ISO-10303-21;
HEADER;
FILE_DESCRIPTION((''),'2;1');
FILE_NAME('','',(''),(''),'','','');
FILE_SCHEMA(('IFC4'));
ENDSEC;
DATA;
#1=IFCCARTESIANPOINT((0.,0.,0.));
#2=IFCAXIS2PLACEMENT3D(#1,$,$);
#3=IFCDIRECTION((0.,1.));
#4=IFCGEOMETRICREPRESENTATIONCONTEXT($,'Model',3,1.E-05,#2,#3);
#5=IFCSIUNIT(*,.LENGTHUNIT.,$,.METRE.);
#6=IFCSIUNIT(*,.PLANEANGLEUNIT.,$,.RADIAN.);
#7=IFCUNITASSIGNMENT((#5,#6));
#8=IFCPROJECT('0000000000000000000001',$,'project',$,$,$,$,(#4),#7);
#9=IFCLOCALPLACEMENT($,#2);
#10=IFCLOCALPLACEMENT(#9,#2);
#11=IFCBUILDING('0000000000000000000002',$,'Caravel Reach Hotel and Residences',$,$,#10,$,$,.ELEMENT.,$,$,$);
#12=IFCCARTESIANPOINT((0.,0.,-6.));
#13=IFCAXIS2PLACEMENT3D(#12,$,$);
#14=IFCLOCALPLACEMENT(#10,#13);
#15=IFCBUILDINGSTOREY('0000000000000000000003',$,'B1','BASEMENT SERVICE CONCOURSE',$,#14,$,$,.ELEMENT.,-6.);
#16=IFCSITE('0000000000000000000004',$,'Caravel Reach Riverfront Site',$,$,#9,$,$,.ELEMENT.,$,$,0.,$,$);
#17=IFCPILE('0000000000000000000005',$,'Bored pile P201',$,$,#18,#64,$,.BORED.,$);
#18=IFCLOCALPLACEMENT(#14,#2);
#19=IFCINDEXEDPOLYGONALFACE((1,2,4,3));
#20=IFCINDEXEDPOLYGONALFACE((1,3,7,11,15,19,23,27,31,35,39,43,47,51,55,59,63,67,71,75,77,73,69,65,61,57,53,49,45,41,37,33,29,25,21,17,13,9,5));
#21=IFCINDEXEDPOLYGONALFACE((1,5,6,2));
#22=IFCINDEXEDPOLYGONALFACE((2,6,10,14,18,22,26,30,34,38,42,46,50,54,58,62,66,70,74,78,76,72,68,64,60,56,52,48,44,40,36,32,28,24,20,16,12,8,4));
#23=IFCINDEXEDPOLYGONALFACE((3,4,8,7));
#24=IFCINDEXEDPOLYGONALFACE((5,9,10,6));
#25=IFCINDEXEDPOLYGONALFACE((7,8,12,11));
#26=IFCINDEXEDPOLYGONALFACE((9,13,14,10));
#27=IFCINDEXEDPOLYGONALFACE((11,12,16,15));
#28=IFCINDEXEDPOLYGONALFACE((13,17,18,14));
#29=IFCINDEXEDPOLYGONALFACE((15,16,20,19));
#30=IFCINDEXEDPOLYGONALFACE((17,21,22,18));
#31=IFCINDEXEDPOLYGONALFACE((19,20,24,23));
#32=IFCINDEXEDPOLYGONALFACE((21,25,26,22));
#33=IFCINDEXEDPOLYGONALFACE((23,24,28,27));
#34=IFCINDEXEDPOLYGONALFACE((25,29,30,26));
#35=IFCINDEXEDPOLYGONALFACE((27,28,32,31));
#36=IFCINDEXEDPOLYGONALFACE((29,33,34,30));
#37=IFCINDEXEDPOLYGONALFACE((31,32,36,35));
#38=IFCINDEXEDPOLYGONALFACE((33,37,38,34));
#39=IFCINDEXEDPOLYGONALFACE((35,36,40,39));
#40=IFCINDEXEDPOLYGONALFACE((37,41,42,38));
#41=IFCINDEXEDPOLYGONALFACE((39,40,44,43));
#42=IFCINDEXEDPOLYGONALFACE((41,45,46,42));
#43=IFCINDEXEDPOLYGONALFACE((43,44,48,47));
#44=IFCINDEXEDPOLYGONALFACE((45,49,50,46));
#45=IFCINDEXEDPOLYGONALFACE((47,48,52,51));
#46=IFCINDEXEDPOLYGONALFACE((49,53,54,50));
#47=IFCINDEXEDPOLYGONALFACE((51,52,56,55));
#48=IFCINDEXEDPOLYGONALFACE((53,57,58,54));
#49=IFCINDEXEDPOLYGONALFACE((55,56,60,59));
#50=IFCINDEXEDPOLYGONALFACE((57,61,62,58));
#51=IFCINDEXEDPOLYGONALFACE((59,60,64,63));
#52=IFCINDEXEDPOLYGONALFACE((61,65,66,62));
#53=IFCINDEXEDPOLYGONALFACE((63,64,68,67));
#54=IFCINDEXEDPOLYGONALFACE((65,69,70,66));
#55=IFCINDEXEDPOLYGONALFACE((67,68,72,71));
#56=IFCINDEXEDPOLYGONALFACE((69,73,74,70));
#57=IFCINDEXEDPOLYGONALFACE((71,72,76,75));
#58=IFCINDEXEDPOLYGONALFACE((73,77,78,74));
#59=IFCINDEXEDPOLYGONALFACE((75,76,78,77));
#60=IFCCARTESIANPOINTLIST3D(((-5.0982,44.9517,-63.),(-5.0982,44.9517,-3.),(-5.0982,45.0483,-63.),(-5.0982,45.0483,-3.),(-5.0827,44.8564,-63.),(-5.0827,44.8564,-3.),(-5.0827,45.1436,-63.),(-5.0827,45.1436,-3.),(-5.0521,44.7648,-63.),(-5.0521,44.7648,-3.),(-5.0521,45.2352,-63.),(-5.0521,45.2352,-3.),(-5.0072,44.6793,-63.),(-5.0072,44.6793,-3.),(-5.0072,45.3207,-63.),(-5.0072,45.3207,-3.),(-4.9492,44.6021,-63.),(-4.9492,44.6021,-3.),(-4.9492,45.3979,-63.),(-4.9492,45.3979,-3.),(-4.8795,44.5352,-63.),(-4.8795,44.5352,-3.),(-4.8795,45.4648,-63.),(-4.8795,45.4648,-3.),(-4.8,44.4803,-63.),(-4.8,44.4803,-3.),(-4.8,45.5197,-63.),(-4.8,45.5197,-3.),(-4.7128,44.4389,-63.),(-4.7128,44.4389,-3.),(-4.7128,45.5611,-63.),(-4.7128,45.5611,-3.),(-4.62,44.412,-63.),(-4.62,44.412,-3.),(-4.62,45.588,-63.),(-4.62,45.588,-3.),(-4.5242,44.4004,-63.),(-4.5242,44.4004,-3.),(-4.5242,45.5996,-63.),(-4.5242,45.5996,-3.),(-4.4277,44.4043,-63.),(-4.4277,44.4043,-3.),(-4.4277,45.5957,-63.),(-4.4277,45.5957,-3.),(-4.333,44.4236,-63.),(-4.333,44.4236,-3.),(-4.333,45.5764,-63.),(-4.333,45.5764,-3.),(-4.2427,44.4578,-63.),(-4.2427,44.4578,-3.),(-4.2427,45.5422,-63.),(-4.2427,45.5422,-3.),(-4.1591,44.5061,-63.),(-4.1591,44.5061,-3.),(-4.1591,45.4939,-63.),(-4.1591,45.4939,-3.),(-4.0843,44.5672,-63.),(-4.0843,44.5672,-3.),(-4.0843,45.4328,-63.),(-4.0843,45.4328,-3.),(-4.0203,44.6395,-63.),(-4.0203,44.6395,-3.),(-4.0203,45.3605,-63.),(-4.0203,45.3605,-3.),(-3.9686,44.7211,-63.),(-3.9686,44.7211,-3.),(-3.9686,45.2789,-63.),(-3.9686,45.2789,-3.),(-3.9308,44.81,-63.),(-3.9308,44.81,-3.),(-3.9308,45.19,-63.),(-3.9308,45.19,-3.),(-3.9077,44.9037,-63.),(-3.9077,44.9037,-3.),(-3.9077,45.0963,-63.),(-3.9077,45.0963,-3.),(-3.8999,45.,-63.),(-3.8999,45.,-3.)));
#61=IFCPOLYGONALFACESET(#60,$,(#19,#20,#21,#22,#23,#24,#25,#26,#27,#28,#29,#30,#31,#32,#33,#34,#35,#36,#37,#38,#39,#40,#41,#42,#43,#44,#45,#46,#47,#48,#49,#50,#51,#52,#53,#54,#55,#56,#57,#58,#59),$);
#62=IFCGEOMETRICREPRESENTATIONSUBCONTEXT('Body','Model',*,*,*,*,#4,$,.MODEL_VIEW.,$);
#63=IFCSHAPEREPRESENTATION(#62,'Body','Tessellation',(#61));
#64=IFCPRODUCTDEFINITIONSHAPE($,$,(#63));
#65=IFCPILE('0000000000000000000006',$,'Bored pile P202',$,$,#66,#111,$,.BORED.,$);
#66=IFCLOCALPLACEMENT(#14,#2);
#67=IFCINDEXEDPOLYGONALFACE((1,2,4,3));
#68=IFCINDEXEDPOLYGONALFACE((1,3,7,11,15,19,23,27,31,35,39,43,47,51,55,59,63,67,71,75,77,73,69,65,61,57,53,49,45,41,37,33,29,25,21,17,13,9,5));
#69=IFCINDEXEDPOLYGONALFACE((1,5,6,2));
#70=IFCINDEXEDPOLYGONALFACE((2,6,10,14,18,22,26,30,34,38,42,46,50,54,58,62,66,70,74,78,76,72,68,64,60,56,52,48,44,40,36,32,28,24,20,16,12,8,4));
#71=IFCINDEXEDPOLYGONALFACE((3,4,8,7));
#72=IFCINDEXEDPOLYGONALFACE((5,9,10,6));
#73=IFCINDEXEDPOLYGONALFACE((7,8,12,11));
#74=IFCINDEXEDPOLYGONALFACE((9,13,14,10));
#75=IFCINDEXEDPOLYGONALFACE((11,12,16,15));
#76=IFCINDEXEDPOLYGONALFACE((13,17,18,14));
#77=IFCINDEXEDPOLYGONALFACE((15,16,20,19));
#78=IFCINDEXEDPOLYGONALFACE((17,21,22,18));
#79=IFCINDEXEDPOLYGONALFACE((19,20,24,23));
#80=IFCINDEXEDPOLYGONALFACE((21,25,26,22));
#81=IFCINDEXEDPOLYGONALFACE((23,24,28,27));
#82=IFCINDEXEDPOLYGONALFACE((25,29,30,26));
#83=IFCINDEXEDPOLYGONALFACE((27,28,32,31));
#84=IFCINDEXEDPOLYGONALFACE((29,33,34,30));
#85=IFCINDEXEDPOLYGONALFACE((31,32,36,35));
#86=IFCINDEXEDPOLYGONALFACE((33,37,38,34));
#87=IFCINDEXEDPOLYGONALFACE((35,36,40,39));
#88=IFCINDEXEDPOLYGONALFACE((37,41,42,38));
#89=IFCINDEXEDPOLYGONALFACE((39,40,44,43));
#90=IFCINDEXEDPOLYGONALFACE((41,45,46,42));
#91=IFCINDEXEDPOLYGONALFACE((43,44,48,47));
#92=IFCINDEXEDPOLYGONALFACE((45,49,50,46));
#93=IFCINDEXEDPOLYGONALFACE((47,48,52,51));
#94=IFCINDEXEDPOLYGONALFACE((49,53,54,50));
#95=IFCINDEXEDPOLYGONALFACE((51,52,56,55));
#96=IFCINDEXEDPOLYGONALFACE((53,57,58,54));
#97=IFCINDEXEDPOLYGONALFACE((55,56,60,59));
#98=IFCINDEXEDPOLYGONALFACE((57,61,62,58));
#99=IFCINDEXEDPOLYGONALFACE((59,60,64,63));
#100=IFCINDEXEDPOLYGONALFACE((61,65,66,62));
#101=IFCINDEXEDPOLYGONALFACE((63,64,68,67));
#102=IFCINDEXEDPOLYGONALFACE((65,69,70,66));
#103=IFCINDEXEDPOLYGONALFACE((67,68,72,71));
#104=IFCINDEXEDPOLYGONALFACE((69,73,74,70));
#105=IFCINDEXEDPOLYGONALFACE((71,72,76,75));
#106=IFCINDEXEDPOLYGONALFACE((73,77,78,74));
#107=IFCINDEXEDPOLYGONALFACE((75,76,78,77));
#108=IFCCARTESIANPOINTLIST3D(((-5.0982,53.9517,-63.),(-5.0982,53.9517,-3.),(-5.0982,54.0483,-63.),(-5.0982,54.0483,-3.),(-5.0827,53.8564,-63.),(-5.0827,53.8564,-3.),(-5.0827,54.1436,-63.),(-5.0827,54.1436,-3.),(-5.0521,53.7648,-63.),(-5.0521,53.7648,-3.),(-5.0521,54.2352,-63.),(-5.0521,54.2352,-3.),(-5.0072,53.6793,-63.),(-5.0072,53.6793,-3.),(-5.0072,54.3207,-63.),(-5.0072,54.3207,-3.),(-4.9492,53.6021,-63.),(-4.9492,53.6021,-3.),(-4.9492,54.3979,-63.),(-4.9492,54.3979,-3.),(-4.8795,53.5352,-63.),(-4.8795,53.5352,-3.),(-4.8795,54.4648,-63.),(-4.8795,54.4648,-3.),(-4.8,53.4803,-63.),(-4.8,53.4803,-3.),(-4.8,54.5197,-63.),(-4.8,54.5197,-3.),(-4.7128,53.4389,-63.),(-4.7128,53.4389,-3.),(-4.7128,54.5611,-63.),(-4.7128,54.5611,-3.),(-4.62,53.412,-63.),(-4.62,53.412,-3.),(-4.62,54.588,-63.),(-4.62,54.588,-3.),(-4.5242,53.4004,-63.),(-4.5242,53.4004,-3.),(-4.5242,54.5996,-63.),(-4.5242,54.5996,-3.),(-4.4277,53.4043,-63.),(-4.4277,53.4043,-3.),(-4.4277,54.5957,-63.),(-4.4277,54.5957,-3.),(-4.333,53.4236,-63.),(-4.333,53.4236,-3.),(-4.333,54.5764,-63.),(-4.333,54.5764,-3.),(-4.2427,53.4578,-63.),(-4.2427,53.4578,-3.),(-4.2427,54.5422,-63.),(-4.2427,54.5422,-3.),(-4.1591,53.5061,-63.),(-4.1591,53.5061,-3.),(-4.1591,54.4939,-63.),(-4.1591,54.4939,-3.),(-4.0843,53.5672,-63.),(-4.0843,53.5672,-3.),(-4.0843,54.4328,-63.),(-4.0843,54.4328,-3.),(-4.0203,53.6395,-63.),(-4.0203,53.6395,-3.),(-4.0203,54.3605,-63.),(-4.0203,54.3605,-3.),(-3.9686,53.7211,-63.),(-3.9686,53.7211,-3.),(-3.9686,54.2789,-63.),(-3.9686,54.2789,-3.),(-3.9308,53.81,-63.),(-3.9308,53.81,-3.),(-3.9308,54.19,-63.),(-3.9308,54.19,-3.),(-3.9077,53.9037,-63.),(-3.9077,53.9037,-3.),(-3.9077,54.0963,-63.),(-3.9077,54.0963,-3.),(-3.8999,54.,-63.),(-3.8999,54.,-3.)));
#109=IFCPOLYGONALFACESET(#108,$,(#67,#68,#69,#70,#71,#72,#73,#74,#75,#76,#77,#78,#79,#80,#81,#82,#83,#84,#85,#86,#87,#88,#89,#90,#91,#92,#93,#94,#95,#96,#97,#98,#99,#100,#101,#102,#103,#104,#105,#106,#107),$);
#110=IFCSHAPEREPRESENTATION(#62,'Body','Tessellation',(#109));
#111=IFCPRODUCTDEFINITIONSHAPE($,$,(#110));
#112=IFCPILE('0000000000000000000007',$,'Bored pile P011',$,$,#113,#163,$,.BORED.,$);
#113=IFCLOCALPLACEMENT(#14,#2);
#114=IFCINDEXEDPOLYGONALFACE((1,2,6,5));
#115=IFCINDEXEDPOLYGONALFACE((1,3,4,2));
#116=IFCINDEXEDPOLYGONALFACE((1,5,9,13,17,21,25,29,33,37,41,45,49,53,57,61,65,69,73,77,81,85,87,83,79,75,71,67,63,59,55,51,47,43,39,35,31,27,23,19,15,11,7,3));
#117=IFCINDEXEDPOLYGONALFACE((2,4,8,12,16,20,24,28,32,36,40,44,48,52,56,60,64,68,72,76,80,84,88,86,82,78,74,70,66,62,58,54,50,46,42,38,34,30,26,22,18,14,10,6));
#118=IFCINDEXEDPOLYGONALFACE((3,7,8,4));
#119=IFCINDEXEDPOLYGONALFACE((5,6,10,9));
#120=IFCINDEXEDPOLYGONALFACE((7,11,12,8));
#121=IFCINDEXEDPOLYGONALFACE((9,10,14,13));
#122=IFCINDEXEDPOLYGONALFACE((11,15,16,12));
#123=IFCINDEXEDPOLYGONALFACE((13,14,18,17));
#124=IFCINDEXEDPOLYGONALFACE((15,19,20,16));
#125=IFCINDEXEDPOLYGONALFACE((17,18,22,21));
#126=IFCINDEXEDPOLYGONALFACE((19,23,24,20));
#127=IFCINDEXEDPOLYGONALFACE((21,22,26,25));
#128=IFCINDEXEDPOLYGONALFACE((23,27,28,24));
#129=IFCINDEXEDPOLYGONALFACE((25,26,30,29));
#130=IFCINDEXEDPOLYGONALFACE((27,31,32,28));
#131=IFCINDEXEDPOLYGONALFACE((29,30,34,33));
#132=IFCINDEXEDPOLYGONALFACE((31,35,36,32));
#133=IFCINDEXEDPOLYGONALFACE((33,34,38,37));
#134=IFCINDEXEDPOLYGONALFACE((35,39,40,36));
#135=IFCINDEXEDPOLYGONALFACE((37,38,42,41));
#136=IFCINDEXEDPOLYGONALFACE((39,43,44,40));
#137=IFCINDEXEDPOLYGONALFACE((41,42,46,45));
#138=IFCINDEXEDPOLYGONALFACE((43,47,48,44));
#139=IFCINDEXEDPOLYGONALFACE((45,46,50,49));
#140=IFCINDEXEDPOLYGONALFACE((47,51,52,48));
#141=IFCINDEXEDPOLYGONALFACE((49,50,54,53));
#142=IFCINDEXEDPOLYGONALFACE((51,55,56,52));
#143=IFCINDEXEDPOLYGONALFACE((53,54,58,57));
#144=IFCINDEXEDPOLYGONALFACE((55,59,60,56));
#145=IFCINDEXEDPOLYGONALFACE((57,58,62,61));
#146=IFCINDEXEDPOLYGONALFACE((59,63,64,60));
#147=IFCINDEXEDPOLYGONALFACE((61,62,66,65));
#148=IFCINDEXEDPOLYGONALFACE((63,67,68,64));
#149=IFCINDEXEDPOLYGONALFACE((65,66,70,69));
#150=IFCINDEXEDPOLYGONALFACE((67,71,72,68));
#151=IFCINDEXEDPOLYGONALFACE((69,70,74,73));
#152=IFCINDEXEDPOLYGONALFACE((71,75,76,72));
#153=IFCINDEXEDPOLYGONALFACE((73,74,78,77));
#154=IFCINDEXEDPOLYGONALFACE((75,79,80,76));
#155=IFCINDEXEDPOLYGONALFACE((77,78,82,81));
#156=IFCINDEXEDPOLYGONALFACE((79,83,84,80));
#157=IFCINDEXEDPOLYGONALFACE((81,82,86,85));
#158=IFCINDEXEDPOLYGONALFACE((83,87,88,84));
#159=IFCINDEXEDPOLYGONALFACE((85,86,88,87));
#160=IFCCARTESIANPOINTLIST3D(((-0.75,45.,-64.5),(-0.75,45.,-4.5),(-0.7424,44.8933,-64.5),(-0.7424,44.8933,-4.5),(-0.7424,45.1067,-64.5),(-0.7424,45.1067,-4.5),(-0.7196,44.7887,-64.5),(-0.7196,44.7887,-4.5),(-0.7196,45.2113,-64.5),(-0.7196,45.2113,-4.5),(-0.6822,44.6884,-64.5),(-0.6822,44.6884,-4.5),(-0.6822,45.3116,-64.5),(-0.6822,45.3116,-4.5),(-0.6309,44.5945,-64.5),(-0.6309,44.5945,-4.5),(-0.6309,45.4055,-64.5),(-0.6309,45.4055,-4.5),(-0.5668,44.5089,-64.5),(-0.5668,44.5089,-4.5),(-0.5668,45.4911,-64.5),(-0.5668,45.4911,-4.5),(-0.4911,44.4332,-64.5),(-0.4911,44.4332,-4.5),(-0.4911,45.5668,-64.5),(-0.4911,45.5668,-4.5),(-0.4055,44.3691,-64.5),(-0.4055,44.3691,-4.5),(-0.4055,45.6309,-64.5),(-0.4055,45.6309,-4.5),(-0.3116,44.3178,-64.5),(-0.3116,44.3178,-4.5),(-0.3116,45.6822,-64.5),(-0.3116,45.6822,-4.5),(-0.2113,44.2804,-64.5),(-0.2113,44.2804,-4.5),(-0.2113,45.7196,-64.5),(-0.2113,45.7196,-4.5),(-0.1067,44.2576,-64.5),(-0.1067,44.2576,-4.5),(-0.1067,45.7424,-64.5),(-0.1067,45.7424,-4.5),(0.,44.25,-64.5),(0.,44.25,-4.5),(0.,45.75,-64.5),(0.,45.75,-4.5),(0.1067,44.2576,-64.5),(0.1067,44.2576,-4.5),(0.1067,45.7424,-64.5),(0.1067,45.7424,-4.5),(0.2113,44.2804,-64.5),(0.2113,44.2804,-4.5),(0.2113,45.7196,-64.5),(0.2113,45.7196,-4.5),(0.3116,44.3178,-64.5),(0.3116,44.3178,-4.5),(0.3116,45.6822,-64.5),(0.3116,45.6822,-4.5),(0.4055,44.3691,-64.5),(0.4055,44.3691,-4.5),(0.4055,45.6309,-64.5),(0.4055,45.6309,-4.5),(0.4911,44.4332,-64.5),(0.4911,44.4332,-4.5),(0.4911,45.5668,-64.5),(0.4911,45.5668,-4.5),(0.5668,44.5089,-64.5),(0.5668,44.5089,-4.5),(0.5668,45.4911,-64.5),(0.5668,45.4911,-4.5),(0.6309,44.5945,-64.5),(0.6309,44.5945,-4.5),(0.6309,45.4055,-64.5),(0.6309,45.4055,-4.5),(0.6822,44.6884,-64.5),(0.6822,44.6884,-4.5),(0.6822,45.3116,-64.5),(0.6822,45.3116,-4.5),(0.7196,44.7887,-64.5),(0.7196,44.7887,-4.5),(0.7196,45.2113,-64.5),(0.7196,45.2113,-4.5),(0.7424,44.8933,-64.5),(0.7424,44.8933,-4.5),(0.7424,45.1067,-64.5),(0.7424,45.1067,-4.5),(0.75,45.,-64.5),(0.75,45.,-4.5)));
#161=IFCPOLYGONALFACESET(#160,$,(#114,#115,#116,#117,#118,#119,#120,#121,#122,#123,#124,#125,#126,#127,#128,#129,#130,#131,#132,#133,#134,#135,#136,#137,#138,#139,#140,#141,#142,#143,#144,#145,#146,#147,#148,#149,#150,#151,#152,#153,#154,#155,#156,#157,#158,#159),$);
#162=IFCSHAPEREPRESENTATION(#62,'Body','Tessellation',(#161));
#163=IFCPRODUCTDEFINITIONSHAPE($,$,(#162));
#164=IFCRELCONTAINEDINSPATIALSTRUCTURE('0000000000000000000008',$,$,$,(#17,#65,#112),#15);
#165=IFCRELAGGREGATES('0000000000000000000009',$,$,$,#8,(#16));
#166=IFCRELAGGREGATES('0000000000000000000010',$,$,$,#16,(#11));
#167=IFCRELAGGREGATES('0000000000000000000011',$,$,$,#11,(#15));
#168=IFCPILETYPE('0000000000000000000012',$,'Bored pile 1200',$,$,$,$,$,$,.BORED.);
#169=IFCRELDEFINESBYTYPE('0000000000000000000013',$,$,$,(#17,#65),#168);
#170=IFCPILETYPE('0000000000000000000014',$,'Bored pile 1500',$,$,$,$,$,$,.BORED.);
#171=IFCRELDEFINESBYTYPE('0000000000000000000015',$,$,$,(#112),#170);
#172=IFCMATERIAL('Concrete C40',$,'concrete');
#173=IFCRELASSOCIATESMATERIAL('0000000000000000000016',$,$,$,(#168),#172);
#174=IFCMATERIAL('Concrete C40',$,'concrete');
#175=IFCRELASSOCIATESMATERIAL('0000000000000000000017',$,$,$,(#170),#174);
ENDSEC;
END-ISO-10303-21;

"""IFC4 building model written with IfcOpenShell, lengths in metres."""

from ifc_helpers import new_model, si_unit, direction, frame, origin, origin_2d, place, context, subcontext, project, spatial, circle, extrude, material, material_profile, profile_set, type_object, element, save


model = new_model("IFC4")

# Units and contexts
model_context = context("Model", 3, precision=1e-05, world=origin(), true_north=direction((0.0, 1.0)))
body_context = subcontext(model_context, "Body", "Model", "MODEL_VIEW")
ifc_project = project(units=[si_unit("LENGTHUNIT", "METRE"), si_unit("PLANEANGLEUNIT", "RADIAN")], contexts=[model_context])

# Site, building, storey
site_placement = place(None, origin())
site = spatial("IfcSite", under=ifc_project, at=site_placement, Name="Caravel Reach Riverfront Site", CompositionType="ELEMENT", RefElevation=0.0)
building_placement = place(site_placement, origin())
building = spatial("IfcBuilding", under=site, at=building_placement, Name="Caravel Reach Hotel and Residences", CompositionType="ELEMENT")
storey_placement = place(building_placement, frame((0.0, 0.0, -6.0)))
storey = spatial("IfcBuildingStorey", under=building, at=storey_placement, Name="B1", Description="BASEMENT SERVICE CONCOURSE", CompositionType="ELEMENT", Elevation=-6.0)

# Piles
ifc_material_1 = material(Name="Concrete C40", Category="concrete")
ifc_material_profile_1 = material_profile(ifc_material_1, circle(Radius=0.6001, at=origin_2d()), Name="PILE 1200")
ifc_profile_set_1 = profile_set([ifc_material_profile_1], Name="Concrete C40")
pile_type_1 = type_object("IfcPileType", Name="Bored pile 1200", PredefinedType="BORED", material=ifc_profile_set_1)
for number, where, z_axis, x_axis, name in (
    (1, (-4.5, 45.0, -3.0), (0.0, 0.0, -1.0), (1.0, 0.0, 0.0), "Bored pile P201"),
    (2, (-4.5, 54.0, -3.0), (0.0, 0.0, -1.0), (1.0, 0.0, 0.0), "Bored pile P202"),
):
    element("IfcPile", number, at=place(storey_placement, frame(where, z_axis=z_axis, x_axis=x_axis)), inside=storey, type_object=pile_type_1, Name=name, PredefinedType="BORED", context=body_context, shape_type="SweptSolid", body=[
        extrude(circle(Radius=0.6001, at=origin_2d()), origin(), (0.0, 0.0, 1.0), 60.0),
    ])
ifc_material_2 = material(Name="Concrete C40", Category="concrete")
ifc_material_profile_2 = material_profile(ifc_material_2, circle(Radius=0.75, at=origin_2d()), Name="PILE 1500")
ifc_profile_set_2 = profile_set([ifc_material_profile_2], Name="Concrete C40")
pile_type_2 = type_object("IfcPileType", Name="Bored pile 1500", PredefinedType="BORED", material=ifc_profile_set_2)
for number, where, z_axis, x_axis, name in (
    (3, (0.0, 45.0, -4.5), (0.0, 0.0, -1.0), (1.0, 0.0, 0.0), "Bored pile P011"),
):
    element("IfcPile", number, at=place(storey_placement, frame(where, z_axis=z_axis, x_axis=x_axis)), inside=storey, type_object=pile_type_2, Name=name, PredefinedType="BORED", context=body_context, shape_type="SweptSolid", body=[
        extrude(circle(Radius=0.75, at=origin_2d()), origin(), (0.0, 0.0, 1.0), 60.0),
    ])

save(model, "model.ifc")
